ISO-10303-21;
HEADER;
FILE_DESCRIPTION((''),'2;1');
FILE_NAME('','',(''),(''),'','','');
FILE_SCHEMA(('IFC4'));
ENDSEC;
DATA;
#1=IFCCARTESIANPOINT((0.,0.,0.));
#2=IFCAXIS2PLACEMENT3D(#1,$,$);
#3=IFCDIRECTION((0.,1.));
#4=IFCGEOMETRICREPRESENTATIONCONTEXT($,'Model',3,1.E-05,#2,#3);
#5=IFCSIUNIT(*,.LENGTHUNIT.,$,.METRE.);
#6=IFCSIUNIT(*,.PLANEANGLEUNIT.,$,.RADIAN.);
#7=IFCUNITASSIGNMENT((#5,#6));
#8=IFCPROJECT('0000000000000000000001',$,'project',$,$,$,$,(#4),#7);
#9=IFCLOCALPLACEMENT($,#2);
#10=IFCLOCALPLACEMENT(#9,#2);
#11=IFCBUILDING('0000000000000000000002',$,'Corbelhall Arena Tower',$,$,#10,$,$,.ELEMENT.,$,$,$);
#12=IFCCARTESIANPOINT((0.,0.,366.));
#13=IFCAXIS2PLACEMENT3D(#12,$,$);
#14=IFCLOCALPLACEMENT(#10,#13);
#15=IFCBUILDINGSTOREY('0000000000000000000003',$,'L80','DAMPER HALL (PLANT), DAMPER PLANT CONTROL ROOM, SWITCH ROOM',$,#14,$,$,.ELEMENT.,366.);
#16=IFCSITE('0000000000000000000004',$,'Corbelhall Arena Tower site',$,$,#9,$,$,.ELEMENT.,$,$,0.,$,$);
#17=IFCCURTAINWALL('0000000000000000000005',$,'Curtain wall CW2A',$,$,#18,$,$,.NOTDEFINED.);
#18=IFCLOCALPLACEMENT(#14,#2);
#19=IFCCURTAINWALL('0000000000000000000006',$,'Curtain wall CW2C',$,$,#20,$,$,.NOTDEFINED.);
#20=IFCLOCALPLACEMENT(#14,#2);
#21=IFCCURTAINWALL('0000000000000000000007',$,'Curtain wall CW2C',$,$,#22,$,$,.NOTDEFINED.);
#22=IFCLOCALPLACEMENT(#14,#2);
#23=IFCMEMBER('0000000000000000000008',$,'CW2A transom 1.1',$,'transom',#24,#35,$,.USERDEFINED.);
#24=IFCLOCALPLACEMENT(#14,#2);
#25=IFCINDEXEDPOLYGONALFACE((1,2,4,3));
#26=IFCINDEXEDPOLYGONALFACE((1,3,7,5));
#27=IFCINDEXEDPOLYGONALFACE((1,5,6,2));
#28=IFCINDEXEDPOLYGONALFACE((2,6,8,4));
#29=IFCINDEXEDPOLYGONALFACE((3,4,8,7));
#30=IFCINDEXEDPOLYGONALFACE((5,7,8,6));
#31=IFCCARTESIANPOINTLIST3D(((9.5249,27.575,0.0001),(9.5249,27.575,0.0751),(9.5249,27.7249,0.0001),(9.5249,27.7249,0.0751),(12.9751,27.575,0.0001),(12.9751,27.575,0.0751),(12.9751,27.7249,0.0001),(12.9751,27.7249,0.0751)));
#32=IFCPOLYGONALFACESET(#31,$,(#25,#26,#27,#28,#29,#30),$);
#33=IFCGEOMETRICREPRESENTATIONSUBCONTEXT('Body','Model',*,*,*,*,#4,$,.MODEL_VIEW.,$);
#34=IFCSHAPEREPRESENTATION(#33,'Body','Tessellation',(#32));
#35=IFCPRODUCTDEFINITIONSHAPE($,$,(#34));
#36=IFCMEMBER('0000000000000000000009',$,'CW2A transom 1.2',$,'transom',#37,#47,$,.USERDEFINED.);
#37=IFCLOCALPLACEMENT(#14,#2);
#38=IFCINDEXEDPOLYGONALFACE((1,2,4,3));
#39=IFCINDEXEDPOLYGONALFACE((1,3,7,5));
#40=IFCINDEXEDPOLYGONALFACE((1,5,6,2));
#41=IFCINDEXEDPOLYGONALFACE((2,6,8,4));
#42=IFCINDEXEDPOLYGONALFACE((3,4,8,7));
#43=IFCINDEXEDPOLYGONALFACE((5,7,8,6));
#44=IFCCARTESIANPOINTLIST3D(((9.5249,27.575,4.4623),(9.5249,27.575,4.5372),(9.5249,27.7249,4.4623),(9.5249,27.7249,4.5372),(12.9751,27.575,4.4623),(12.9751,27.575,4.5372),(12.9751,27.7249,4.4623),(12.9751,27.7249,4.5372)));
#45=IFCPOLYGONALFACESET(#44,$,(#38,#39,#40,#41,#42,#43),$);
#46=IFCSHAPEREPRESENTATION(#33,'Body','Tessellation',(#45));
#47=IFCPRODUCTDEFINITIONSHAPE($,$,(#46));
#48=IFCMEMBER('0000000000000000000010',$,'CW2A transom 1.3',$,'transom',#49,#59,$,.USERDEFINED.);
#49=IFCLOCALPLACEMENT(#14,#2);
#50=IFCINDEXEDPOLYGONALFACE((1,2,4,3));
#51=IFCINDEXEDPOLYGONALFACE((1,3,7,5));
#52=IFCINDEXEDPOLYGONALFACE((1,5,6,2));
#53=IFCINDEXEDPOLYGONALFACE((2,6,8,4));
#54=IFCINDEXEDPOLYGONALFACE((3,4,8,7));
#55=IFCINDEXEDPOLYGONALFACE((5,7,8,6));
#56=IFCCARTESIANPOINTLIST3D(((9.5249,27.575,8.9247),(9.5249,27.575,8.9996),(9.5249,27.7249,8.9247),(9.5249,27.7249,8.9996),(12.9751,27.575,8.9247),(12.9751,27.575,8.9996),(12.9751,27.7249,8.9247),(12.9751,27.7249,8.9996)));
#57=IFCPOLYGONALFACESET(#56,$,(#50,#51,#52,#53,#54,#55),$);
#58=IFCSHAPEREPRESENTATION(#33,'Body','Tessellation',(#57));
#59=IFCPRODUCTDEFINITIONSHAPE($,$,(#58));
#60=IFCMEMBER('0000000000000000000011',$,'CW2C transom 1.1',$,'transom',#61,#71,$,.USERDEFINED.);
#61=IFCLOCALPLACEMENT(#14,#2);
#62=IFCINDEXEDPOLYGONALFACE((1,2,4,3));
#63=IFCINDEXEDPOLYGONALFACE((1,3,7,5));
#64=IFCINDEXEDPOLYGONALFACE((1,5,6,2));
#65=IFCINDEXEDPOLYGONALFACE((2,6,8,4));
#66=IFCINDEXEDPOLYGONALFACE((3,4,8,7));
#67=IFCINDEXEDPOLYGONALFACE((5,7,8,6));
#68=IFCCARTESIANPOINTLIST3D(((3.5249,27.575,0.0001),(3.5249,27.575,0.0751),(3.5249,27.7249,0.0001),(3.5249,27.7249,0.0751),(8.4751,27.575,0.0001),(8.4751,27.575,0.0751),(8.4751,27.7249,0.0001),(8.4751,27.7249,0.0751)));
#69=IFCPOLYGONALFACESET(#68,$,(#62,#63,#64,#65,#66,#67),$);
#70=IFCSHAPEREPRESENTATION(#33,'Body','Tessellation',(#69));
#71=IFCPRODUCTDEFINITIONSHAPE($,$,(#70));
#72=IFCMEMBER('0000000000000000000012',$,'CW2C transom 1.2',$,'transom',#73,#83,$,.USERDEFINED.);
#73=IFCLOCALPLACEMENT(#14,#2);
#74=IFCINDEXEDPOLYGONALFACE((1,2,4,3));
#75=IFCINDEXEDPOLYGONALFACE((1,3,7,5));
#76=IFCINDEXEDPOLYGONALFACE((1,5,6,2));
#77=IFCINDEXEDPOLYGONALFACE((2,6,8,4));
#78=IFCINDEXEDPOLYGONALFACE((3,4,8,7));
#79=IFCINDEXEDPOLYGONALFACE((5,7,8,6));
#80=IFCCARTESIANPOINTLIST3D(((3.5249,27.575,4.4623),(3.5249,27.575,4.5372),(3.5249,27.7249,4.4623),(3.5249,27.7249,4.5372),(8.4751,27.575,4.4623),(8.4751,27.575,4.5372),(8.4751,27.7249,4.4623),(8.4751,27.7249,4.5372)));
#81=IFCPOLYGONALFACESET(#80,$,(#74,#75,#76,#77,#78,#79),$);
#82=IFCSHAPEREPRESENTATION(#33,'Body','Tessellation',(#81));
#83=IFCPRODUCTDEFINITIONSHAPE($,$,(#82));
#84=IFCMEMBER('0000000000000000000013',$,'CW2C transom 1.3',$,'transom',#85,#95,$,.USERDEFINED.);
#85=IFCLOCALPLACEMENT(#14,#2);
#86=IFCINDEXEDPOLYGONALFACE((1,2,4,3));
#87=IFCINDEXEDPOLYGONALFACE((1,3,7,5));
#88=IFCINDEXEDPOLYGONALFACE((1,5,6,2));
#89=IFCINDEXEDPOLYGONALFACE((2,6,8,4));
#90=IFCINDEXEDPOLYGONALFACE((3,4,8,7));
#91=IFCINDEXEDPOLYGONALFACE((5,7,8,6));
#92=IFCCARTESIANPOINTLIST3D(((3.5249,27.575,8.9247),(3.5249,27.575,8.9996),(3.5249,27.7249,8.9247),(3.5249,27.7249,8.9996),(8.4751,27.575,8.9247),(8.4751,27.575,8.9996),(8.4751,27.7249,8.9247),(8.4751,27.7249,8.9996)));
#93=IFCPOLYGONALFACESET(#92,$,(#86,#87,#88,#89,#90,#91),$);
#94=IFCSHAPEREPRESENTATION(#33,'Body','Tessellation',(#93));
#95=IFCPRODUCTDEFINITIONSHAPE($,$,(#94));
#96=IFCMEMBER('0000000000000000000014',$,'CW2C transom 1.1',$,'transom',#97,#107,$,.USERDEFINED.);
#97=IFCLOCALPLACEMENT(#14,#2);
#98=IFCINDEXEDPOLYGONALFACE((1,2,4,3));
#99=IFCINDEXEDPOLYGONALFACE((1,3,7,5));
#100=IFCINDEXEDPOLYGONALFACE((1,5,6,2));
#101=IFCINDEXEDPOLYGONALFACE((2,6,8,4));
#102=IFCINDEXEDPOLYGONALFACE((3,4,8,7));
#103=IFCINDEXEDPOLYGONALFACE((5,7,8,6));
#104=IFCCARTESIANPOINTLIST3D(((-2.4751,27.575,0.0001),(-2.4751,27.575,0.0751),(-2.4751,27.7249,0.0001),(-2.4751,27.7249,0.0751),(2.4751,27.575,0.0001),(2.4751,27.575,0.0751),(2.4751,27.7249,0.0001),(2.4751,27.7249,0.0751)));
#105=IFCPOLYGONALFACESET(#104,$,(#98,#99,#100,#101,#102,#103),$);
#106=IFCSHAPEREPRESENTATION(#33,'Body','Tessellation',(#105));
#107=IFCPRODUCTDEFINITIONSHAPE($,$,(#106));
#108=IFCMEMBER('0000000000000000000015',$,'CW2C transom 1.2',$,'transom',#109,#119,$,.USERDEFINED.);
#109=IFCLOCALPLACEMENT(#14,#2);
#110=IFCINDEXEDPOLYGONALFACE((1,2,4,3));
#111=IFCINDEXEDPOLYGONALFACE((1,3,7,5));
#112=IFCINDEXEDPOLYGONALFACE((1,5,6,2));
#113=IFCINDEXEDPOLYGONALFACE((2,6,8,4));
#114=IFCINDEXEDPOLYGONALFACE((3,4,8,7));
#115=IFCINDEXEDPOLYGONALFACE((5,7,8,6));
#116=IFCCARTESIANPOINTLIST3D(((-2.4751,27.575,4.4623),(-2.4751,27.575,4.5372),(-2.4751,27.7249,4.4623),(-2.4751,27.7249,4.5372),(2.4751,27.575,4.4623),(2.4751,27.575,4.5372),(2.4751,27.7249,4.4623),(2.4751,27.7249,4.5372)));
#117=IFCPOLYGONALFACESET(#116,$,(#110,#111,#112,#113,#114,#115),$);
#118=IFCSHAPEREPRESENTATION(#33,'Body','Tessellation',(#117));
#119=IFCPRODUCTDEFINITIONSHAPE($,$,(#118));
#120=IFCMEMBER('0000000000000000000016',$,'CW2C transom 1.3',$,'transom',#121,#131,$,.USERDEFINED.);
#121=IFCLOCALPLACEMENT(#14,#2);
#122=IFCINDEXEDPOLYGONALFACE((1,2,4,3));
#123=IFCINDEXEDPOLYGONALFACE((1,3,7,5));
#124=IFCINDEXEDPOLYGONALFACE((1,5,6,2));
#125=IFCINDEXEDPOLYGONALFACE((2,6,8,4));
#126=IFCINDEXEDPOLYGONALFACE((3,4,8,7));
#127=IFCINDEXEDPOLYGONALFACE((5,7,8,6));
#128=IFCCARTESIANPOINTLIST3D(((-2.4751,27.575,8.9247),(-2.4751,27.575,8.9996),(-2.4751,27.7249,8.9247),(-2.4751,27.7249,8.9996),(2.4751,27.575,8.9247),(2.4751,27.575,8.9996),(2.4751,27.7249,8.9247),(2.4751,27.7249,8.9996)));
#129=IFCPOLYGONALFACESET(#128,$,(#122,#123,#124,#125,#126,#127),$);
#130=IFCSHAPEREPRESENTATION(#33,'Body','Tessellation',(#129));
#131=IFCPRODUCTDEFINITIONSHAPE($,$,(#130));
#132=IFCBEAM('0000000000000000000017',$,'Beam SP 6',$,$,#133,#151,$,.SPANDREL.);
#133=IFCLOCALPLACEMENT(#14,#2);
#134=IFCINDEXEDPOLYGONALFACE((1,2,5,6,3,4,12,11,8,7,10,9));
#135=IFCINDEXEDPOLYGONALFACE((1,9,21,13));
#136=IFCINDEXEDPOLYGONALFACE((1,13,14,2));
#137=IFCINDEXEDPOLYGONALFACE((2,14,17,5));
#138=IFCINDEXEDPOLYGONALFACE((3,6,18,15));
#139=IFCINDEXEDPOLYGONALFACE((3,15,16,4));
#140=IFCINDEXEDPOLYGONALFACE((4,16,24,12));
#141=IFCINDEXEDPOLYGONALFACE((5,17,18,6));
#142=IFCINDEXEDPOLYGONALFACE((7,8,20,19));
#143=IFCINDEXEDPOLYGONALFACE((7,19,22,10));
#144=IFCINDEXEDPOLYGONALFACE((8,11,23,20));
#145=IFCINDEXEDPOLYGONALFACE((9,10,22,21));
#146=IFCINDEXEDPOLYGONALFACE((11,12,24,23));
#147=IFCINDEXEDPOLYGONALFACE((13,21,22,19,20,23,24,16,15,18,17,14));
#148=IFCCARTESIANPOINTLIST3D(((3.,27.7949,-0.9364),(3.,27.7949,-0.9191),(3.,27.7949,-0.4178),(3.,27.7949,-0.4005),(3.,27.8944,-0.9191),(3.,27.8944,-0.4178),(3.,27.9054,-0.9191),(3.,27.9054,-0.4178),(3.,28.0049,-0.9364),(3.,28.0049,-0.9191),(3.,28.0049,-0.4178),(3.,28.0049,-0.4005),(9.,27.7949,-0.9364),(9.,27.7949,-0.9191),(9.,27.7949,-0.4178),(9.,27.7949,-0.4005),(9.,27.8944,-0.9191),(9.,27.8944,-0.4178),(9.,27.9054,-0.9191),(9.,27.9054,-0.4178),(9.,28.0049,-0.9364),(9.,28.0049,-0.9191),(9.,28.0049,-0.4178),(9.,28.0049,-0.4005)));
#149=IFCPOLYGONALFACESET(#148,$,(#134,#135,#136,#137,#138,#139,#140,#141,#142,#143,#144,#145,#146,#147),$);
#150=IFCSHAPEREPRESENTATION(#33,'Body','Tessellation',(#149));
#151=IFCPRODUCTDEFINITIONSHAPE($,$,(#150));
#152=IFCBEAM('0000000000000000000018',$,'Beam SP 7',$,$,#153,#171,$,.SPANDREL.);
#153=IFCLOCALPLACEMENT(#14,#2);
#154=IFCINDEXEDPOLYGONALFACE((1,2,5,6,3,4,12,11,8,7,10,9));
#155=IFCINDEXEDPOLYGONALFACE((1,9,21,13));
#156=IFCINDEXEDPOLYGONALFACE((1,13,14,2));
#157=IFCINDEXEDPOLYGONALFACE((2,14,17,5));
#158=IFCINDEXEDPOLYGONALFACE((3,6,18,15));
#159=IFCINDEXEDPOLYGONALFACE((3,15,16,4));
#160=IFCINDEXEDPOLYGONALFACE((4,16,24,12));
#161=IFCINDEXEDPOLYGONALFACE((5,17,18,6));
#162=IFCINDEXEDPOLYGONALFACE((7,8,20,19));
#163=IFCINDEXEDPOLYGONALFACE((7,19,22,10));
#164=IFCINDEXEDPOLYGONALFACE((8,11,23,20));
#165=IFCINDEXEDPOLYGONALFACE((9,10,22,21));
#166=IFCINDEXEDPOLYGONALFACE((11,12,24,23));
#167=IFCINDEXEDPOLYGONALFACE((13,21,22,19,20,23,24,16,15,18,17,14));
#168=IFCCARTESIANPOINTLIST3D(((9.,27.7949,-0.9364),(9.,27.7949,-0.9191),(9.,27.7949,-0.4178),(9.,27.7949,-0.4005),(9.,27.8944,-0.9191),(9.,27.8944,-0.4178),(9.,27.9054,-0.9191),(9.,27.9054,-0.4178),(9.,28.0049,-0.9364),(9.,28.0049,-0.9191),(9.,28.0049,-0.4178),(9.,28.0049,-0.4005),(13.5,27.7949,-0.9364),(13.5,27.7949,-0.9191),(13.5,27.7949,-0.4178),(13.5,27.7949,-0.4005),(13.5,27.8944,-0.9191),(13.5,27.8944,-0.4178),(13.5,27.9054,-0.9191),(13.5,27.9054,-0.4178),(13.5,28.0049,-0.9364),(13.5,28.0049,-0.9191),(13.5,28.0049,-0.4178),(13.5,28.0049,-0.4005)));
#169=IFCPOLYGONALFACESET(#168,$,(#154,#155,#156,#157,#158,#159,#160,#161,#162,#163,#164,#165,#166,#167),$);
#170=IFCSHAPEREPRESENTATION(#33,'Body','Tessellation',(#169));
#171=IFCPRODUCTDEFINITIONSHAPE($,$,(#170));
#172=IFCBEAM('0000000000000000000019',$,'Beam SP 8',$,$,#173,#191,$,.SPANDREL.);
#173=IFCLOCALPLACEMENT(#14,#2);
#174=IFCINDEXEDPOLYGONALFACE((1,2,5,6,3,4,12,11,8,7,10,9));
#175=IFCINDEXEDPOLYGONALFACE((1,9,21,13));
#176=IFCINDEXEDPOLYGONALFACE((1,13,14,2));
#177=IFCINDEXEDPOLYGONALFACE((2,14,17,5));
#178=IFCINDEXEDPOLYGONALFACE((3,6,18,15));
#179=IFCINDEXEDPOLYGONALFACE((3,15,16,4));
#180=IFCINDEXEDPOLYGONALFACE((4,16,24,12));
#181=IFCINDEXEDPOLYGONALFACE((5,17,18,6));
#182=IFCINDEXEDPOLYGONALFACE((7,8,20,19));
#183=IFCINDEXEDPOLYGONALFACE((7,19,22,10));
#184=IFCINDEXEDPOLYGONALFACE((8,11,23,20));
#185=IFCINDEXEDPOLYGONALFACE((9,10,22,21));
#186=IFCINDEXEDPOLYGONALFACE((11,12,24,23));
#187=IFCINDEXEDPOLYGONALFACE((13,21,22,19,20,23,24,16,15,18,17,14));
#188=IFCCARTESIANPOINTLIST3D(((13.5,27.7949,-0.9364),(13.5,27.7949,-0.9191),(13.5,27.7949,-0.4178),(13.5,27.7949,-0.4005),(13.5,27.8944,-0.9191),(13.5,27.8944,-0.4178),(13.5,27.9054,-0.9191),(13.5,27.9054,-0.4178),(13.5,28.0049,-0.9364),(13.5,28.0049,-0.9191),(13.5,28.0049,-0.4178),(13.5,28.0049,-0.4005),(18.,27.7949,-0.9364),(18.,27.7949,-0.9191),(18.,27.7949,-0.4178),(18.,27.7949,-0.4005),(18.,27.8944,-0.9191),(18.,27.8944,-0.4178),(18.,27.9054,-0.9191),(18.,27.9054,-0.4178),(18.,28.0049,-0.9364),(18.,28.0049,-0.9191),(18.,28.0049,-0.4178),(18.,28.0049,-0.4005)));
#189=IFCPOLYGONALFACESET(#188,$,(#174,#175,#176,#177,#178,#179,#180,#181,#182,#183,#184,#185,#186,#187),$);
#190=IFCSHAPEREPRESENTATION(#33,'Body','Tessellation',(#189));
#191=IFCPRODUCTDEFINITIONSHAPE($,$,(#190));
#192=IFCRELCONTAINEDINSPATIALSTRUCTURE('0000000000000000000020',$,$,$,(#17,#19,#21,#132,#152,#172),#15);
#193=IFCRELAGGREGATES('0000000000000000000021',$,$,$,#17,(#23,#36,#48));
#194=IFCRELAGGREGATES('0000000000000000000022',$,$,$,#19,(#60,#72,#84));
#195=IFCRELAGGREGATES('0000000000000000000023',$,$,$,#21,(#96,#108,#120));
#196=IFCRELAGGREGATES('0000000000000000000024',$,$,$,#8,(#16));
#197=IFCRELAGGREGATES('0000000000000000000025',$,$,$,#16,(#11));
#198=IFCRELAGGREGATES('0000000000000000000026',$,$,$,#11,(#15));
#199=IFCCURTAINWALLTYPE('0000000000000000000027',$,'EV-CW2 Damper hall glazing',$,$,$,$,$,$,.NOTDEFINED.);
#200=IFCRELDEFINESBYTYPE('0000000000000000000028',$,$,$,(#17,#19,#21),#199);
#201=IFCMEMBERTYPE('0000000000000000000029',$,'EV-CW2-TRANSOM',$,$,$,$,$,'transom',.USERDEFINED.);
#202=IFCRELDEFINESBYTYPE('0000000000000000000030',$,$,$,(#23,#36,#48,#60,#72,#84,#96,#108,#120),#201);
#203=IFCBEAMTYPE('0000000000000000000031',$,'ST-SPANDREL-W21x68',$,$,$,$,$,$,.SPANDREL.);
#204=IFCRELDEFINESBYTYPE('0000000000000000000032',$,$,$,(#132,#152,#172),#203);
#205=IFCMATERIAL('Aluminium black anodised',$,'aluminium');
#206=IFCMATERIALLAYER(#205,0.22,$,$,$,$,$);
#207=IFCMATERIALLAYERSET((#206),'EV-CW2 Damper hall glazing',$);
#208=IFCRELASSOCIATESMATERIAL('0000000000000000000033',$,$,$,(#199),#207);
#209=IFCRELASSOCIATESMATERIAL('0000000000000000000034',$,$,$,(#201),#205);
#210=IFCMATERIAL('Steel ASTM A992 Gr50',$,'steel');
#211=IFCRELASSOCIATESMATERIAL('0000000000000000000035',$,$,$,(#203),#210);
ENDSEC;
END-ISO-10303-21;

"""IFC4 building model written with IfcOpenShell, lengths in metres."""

from ifc_helpers import new_model, si_unit, direction, frame, origin, origin_2d, place, context, subcontext, project, spatial, rectangle, i_section, extrude, material, layer, layer_set, material_profile, profile_set, type_object, element, aggregate, save


model = new_model("IFC4")

# Units and contexts
model_context = context("Model", 3, precision=1e-05, world=origin(), true_north=direction((0.0, 1.0)))
body_context = subcontext(model_context, "Body", "Model", "MODEL_VIEW")
ifc_project = project(units=[si_unit("LENGTHUNIT", "METRE"), si_unit("PLANEANGLEUNIT", "RADIAN")], contexts=[model_context])

# Site, building, storey
site_placement = place(None, origin())
site = spatial("IfcSite", under=ifc_project, at=site_placement, Name="Corbelhall Arena Tower site", CompositionType="ELEMENT", RefElevation=0.0)
building_placement = place(site_placement, origin())
building = spatial("IfcBuilding", under=site, at=building_placement, Name="Corbelhall Arena Tower", CompositionType="ELEMENT")
storey_placement = place(building_placement, frame((0.0, 0.0, 366.0)))
storey = spatial("IfcBuildingStorey", under=building, at=storey_placement, Name="L80", Description="DAMPER HALL (PLANT), DAMPER PLANT CONTROL ROOM, SWITCH ROOM", CompositionType="ELEMENT", Elevation=366.0)

# Curtain walls
ifc_material_1 = material(Name="Aluminium black anodised", Category="aluminium")
ifc_layer_1 = layer(ifc_material_1, 0.22)
ifc_layer_set_1 = layer_set([ifc_layer_1], Name="EV-CW2 Damper hall glazing")
curtain_wall_type = type_object("IfcCurtainWallType", Name="EV-CW2 Damper hall glazing", PredefinedType="NOTDEFINED", material=ifc_layer_set_1)
curtain_wall_1_placement = place(storey_placement, origin())
curtain_wall_1 = element("IfcCurtainWall", 1, at=curtain_wall_1_placement, inside=storey, type_object=curtain_wall_type, Name="Curtain wall CW2A", PredefinedType="NOTDEFINED")
curtain_wall_2_placement = place(storey_placement, origin())
curtain_wall_2 = element("IfcCurtainWall", 2, at=curtain_wall_2_placement, inside=storey, type_object=curtain_wall_type, Name="Curtain wall CW2C", PredefinedType="NOTDEFINED")
curtain_wall_3_placement = place(storey_placement, origin())
curtain_wall_3 = element("IfcCurtainWall", 3, at=curtain_wall_3_placement, inside=storey, type_object=curtain_wall_type, Name="Curtain wall CW2C", PredefinedType="NOTDEFINED")

# Members
ifc_material_profile_1 = material_profile(ifc_material_1, rectangle(XDim=0.1499, YDim=0.075, at=origin_2d()))
ifc_profile_set_1 = profile_set([ifc_material_profile_1], Name="Aluminium black anodised")
member_type_1 = type_object("IfcMemberType", Name="EV-CW2-TRANSOM", ElementType="transom", PredefinedType="USERDEFINED", material=ifc_profile_set_1)
member_1_placement = place(storey_placement, frame((12.9751, 27.6499, 0.0376), z_axis=(-1.0, 0.0, 0.0), x_axis=(0.0, -1.0, 0.0)))
member_1 = element("IfcMember", 4, at=member_1_placement, type_object=member_type_1, Name="CW2A transom 1.1", ObjectType="transom", PredefinedType="USERDEFINED", context=body_context, shape_type="SweptSolid", body=[
    extrude(rectangle(XDim=0.1499, YDim=0.075, at=origin_2d()), origin(), (0.0, 0.0, 1.0), 3.4502),
])
member_2_placement = place(storey_placement, frame((12.9751, 27.6499, 4.4998), z_axis=(-1.0, 0.0, 0.0), x_axis=(0.0, -1.0, 0.0)))
member_2 = element("IfcMember", 5, at=member_2_placement, type_object=member_type_1, Name="CW2A transom 1.2", ObjectType="transom", PredefinedType="USERDEFINED", context=body_context, shape_type="SweptSolid", body=[
    extrude(rectangle(XDim=0.1499, YDim=0.075, at=origin_2d()), origin(), (0.0, 0.0, 1.0), 3.4502),
])
member_3_placement = place(storey_placement, frame((12.9751, 27.6499, 8.9622), z_axis=(-1.0, 0.0, 0.0), x_axis=(0.0, -1.0, 0.0)))
member_3 = element("IfcMember", 6, at=member_3_placement, type_object=member_type_1, Name="CW2A transom 1.3", ObjectType="transom", PredefinedType="USERDEFINED", context=body_context, shape_type="SweptSolid", body=[
    extrude(rectangle(XDim=0.1499, YDim=0.075, at=origin_2d()), origin(), (0.0, 0.0, 1.0), 3.4502),
])
member_4_placement = place(storey_placement, frame((8.4751, 27.6499, 0.0376), z_axis=(-1.0, 0.0, 0.0), x_axis=(0.0, -1.0, 0.0)))
member_4 = element("IfcMember", 7, at=member_4_placement, type_object=member_type_1, Name="CW2C transom 1.1", ObjectType="transom", PredefinedType="USERDEFINED", context=body_context, shape_type="SweptSolid", body=[
    extrude(rectangle(XDim=0.1499, YDim=0.075, at=origin_2d()), origin(), (0.0, 0.0, 1.0), 4.9502),
])
member_5_placement = place(storey_placement, frame((8.4751, 27.6499, 4.4998), z_axis=(-1.0, 0.0, 0.0), x_axis=(0.0, -1.0, 0.0)))
member_5 = element("IfcMember", 8, at=member_5_placement, type_object=member_type_1, Name="CW2C transom 1.2", ObjectType="transom", PredefinedType="USERDEFINED", context=body_context, shape_type="SweptSolid", body=[
    extrude(rectangle(XDim=0.1499, YDim=0.075, at=origin_2d()), origin(), (0.0, 0.0, 1.0), 4.9502),
])
member_6_placement = place(storey_placement, frame((8.4751, 27.6499, 8.9622), z_axis=(-1.0, 0.0, 0.0), x_axis=(0.0, -1.0, 0.0)))
member_6 = element("IfcMember", 9, at=member_6_placement, type_object=member_type_1, Name="CW2C transom 1.3", ObjectType="transom", PredefinedType="USERDEFINED", context=body_context, shape_type="SweptSolid", body=[
    extrude(rectangle(XDim=0.1499, YDim=0.075, at=origin_2d()), origin(), (0.0, 0.0, 1.0), 4.9502),
])
member_7_placement = place(storey_placement, frame((2.4751, 27.6499, 0.0376), z_axis=(-1.0, 0.0, 0.0), x_axis=(0.0, -1.0, 0.0)))
member_7 = element("IfcMember", 10, at=member_7_placement, type_object=member_type_1, Name="CW2C transom 1.1", ObjectType="transom", PredefinedType="USERDEFINED", context=body_context, shape_type="SweptSolid", body=[
    extrude(rectangle(XDim=0.1499, YDim=0.075, at=origin_2d()), origin(), (0.0, 0.0, 1.0), 4.9502),
])
member_8_placement = place(storey_placement, frame((2.4751, 27.6499, 4.4998), z_axis=(-1.0, 0.0, 0.0), x_axis=(0.0, -1.0, 0.0)))
member_8 = element("IfcMember", 11, at=member_8_placement, type_object=member_type_1, Name="CW2C transom 1.2", ObjectType="transom", PredefinedType="USERDEFINED", context=body_context, shape_type="SweptSolid", body=[
    extrude(rectangle(XDim=0.1499, YDim=0.075, at=origin_2d()), origin(), (0.0, 0.0, 1.0), 4.9502),
])
member_9_placement = place(storey_placement, frame((2.4751, 27.6499, 8.9622), z_axis=(-1.0, 0.0, 0.0), x_axis=(0.0, -1.0, 0.0)))
member_9 = element("IfcMember", 12, at=member_9_placement, type_object=member_type_1, Name="CW2C transom 1.3", ObjectType="transom", PredefinedType="USERDEFINED", context=body_context, shape_type="SweptSolid", body=[
    extrude(rectangle(XDim=0.1499, YDim=0.075, at=origin_2d()), origin(), (0.0, 0.0, 1.0), 4.9502),
])

# Beams
ifc_material_2 = material(Name="Steel ASTM A992 Gr50", Category="steel")
ifc_material_profile_2 = material_profile(ifc_material_2, i_section(OverallWidth=0.21, OverallDepth=0.5359, WebThickness=0.011, FlangeThickness=0.0173, at=origin_2d()))
ifc_profile_set_2 = profile_set([ifc_material_profile_2], Name="Steel ASTM A992 Gr50")
beam_type = type_object("IfcBeamType", Name="ST-SPANDREL-W21x68", PredefinedType="SPANDREL", material=ifc_profile_set_2)
beam_1_placement = place(storey_placement, frame((3.0, 27.8999, -0.6685), z_axis=(1.0, 0.0, 0.0), x_axis=(0.0, 1.0, 0.0)))
element("IfcBeam", 13, at=beam_1_placement, inside=storey, type_object=beam_type, Name="Beam SP 6", PredefinedType="SPANDREL", context=body_context, shape_type="SweptSolid", body=[
    extrude(i_section(OverallWidth=0.21, OverallDepth=0.5359, WebThickness=0.011, FlangeThickness=0.0173, at=origin_2d()), origin(), (0.0, 0.0, 1.0), 6.0),
])
for number, where, z_axis, x_axis, name in (
    (14, (9.0, 27.8999, -0.6685), (1.0, 0.0, 0.0), (0.0, 1.0, 0.0), "Beam SP 7"),
    (15, (13.5, 27.8999, -0.6685), (1.0, 0.0, 0.0), (0.0, 1.0, 0.0), "Beam SP 8"),
):
    element("IfcBeam", number, at=place(storey_placement, frame(where, z_axis=z_axis, x_axis=x_axis)), inside=storey, type_object=beam_type, Name=name, PredefinedType="SPANDREL", context=body_context, shape_type="SweptSolid", body=[
        extrude(i_section(OverallWidth=0.21, OverallDepth=0.5359, WebThickness=0.011, FlangeThickness=0.0173, at=origin_2d()), origin(), (0.0, 0.0, 1.0), 4.5),
    ])

aggregate(curtain_wall_1, [member_1, member_2, member_3])
aggregate(curtain_wall_2, [member_4, member_5, member_6])
aggregate(curtain_wall_3, [member_7, member_8, member_9])

save(model, "model.ifc")
